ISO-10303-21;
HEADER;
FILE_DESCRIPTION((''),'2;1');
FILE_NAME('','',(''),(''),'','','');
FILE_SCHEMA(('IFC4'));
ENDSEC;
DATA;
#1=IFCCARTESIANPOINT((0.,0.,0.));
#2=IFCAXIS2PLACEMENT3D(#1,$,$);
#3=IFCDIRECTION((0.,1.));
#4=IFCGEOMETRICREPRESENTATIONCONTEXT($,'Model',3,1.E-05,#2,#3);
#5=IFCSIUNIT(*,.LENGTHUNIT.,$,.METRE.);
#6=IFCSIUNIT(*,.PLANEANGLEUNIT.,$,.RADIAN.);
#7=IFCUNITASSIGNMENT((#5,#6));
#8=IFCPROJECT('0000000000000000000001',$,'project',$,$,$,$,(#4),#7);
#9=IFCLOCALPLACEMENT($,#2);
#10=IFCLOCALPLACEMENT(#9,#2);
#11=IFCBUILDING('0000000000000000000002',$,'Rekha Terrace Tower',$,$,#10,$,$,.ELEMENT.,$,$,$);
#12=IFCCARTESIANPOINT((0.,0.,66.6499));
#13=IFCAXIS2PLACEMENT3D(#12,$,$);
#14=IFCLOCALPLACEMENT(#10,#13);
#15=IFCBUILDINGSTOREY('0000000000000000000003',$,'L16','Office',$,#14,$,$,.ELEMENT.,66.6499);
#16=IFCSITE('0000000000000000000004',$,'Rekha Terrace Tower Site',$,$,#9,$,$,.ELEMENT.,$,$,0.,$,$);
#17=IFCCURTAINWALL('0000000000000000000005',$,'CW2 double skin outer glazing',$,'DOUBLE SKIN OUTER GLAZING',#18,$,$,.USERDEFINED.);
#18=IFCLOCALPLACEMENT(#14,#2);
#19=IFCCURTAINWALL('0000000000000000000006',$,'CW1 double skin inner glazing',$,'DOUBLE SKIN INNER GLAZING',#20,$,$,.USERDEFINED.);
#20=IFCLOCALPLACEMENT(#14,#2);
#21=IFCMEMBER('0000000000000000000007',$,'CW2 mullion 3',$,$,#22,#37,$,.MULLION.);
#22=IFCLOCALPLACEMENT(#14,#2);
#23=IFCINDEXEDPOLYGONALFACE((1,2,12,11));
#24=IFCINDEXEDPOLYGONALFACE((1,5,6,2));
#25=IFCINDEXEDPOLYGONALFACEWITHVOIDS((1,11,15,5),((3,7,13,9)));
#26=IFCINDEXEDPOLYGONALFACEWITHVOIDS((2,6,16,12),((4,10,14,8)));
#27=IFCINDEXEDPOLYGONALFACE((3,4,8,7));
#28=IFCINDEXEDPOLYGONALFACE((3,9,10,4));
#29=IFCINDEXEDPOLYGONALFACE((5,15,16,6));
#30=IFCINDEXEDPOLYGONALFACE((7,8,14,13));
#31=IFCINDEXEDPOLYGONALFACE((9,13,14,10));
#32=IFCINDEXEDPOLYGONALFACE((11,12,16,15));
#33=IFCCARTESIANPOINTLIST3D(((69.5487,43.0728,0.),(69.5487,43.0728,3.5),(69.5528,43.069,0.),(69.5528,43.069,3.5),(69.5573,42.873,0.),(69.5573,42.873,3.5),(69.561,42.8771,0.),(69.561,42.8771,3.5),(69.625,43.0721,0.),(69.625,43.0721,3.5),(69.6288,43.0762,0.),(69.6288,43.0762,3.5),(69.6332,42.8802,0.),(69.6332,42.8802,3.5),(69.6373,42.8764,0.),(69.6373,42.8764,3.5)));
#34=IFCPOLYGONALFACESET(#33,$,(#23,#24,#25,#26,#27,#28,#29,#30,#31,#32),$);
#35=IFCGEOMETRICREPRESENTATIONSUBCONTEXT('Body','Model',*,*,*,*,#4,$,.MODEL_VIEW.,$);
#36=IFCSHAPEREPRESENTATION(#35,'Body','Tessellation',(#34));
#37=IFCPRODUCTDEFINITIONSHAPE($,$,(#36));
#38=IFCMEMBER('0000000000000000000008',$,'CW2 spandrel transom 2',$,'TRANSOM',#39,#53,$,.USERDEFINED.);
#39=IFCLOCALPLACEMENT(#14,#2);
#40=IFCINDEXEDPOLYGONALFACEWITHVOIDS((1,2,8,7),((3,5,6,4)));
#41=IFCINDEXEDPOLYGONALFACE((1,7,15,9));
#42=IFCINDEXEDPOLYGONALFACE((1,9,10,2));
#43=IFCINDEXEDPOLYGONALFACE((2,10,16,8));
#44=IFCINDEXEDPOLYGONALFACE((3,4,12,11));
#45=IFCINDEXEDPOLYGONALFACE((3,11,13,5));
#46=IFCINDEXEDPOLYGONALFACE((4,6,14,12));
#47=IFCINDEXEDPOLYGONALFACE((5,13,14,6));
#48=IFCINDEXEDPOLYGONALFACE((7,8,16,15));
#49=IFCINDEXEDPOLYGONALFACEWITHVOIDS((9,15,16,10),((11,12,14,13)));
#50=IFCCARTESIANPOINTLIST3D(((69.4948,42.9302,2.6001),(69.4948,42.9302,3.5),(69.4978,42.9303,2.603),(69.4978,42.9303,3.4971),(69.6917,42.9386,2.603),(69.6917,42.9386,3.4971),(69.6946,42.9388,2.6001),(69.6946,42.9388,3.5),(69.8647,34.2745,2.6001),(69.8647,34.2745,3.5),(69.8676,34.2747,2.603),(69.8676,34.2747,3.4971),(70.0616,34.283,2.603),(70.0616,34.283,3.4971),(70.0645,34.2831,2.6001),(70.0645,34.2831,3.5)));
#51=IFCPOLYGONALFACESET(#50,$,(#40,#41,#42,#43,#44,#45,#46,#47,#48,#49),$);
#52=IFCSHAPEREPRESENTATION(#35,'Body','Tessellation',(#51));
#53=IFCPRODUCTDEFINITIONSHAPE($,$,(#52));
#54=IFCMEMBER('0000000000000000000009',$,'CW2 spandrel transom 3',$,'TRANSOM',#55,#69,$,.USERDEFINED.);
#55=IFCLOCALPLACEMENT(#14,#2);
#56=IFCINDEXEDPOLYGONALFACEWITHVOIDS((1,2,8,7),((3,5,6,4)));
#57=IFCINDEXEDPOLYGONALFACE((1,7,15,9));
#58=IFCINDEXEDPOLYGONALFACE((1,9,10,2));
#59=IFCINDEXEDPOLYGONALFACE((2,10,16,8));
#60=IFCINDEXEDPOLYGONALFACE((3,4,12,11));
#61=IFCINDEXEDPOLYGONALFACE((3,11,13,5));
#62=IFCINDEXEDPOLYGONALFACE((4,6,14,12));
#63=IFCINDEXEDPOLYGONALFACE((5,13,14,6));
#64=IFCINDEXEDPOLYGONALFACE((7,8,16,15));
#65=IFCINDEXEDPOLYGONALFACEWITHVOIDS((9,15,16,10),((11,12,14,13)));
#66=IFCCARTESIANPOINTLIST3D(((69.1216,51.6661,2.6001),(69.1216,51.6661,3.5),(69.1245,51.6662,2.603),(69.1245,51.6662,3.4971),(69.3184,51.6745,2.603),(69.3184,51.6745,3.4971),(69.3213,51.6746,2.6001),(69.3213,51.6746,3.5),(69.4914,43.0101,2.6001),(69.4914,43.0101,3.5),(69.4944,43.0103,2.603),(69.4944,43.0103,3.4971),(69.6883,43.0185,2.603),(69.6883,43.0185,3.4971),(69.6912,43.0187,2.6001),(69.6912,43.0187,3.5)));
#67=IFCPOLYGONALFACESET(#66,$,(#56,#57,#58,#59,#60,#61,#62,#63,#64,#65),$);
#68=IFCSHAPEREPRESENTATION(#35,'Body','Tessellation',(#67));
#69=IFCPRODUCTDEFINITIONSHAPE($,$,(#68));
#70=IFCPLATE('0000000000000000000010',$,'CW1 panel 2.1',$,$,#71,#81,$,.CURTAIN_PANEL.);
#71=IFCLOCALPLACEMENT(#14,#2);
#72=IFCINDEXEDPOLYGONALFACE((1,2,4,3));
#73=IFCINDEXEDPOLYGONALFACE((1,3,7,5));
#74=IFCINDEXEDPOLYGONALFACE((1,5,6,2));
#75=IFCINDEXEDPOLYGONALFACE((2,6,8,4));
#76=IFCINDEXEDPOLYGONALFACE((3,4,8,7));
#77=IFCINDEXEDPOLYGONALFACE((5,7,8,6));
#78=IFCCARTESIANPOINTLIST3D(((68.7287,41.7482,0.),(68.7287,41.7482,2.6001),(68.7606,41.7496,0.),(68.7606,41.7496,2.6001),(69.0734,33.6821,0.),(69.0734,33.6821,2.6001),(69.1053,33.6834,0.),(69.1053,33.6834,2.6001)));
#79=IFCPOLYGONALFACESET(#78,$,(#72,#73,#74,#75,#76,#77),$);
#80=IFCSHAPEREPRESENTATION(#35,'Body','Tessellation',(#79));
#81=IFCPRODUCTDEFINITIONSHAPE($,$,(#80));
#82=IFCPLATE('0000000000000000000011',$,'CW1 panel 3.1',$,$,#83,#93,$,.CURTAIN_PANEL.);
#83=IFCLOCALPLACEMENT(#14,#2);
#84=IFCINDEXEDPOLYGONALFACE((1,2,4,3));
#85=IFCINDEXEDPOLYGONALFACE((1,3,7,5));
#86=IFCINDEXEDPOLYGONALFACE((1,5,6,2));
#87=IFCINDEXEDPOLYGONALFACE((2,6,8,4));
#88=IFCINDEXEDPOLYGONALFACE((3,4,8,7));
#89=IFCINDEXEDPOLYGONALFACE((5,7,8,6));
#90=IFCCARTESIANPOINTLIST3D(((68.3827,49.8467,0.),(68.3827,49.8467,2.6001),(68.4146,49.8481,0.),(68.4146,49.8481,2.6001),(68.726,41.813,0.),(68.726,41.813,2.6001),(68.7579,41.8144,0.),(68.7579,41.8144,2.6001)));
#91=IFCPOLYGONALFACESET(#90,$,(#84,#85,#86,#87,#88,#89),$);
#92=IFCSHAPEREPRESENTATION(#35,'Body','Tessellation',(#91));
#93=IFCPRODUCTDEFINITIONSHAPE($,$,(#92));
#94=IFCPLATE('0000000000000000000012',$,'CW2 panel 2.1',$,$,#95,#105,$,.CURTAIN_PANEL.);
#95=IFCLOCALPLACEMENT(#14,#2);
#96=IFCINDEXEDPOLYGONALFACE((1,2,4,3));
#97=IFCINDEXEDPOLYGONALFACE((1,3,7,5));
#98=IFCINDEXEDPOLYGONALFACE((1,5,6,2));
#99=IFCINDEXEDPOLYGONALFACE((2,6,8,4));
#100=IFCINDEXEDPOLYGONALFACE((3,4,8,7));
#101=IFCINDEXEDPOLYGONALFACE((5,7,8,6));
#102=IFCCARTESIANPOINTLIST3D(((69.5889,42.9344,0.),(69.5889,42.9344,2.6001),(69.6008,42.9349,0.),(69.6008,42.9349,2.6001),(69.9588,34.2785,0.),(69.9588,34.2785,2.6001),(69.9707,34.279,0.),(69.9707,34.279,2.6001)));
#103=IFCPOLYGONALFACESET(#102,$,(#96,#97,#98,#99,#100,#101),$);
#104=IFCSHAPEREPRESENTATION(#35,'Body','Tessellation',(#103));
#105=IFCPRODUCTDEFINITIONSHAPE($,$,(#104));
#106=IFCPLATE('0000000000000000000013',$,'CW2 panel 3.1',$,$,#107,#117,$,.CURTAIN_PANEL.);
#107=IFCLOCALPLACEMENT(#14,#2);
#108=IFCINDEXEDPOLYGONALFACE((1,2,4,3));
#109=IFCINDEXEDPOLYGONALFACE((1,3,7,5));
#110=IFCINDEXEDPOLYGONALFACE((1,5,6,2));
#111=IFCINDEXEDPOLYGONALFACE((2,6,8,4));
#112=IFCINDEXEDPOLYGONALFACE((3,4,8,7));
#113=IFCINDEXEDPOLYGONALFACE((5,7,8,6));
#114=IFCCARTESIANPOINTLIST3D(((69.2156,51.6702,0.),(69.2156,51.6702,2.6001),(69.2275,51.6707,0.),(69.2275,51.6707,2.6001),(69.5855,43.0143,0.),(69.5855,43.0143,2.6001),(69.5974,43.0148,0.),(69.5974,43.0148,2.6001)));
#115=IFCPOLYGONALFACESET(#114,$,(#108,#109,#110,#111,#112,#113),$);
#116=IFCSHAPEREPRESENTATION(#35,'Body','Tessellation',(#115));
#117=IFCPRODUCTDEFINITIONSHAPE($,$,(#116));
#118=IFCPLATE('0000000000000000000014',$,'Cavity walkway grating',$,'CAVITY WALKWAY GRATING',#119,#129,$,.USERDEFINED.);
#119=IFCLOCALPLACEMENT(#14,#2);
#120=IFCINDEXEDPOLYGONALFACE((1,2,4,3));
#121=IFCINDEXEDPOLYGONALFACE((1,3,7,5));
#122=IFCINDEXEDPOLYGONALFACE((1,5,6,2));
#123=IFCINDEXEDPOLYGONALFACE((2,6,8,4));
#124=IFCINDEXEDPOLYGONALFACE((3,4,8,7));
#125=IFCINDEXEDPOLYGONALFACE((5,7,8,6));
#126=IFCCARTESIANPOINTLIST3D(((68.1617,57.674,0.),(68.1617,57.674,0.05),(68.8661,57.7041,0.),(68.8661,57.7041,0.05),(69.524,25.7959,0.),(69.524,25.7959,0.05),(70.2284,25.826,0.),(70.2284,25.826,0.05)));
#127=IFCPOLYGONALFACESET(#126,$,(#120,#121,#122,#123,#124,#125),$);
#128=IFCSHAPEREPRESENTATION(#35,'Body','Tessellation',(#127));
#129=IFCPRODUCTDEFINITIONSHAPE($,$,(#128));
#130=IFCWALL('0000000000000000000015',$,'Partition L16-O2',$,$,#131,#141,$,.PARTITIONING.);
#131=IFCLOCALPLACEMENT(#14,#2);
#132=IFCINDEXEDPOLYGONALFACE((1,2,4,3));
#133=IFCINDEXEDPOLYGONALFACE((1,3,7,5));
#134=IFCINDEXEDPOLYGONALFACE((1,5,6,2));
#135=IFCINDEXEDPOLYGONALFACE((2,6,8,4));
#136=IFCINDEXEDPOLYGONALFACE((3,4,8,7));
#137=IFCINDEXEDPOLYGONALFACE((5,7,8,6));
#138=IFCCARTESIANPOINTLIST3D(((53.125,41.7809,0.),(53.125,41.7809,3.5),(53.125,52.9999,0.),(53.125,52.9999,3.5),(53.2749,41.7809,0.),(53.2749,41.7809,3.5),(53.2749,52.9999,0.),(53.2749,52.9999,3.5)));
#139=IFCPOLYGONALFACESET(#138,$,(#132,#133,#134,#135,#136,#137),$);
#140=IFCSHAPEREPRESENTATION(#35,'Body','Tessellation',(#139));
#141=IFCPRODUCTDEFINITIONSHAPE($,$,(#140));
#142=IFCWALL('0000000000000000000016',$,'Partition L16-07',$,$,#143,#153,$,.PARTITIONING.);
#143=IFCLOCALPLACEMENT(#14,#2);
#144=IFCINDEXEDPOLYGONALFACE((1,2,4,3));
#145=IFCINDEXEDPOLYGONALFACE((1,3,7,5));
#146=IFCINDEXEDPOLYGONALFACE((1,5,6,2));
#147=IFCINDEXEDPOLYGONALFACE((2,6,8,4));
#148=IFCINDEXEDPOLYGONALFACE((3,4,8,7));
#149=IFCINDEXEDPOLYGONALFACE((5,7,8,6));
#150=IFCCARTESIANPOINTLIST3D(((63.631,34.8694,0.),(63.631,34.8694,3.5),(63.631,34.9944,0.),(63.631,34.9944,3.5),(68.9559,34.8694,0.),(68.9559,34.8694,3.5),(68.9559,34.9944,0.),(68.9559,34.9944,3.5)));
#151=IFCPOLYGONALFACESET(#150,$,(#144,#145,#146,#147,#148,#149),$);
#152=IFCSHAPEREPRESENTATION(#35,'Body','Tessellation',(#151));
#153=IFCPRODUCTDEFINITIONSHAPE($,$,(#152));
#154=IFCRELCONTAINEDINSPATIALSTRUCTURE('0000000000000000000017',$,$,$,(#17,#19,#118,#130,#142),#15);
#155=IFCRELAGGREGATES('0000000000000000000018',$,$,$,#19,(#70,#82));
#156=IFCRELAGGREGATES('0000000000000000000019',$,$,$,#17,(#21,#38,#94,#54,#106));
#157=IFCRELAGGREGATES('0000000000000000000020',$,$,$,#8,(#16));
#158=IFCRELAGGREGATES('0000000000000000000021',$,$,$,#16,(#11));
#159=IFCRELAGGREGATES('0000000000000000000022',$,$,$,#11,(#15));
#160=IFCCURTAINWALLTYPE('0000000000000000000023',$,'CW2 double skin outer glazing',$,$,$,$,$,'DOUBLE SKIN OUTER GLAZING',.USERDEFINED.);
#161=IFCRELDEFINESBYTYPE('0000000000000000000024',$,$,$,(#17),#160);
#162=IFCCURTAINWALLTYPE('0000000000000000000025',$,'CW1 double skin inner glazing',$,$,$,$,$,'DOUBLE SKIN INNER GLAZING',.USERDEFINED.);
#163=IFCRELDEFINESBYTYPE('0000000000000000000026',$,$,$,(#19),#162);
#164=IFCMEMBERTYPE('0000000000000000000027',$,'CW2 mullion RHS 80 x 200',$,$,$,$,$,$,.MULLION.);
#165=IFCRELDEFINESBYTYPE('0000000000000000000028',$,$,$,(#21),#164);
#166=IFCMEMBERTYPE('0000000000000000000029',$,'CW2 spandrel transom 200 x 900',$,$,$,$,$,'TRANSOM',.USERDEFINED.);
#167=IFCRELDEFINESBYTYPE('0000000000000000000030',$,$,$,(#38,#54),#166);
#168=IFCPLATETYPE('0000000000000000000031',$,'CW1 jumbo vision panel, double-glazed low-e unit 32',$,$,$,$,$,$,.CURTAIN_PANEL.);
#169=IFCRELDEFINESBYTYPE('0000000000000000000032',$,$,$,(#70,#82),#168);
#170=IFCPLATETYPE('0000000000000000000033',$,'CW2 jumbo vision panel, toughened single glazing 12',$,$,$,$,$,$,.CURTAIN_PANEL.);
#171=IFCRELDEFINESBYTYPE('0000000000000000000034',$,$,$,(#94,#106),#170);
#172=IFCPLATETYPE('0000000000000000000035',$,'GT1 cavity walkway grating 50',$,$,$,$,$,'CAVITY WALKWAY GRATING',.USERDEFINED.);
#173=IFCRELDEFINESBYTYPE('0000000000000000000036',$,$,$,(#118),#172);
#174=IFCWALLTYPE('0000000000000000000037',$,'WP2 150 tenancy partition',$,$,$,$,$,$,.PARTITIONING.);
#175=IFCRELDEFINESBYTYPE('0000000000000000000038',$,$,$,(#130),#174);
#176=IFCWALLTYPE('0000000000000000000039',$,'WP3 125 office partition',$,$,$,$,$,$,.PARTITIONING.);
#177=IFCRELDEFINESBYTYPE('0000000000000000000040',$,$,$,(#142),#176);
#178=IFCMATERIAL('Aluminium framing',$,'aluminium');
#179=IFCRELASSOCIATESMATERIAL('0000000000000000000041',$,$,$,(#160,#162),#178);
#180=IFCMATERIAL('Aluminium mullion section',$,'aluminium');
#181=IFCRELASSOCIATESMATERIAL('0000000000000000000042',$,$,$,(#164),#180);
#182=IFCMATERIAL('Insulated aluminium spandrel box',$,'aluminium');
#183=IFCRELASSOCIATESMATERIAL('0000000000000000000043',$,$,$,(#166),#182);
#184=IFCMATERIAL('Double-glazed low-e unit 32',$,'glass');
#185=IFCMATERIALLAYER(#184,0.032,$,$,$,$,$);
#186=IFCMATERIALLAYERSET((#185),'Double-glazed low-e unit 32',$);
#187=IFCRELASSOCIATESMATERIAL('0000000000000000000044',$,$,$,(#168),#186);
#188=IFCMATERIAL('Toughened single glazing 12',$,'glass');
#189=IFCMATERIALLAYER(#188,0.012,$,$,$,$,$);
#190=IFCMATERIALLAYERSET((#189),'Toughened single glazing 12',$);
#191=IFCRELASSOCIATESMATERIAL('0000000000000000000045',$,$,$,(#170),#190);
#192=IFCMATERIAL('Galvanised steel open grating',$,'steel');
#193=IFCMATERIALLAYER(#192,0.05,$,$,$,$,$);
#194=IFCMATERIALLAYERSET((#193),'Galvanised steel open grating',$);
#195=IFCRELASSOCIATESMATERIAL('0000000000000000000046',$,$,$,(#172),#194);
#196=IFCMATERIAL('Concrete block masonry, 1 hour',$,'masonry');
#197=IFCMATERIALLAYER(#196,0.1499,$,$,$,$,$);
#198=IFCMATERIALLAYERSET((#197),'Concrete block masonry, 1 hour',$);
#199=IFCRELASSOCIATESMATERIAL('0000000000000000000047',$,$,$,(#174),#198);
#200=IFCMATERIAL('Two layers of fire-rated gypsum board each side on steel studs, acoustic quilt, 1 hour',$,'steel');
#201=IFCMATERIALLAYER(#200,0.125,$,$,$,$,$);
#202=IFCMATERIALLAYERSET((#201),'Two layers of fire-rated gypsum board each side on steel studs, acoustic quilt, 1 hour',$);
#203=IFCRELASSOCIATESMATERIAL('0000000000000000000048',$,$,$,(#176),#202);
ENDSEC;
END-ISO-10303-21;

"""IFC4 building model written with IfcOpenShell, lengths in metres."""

from ifc_helpers import new_model, si_unit, direction, frame, frame_2d, origin, origin_2d, place, context, subcontext, project, spatial, rectangle, hollow_rectangle, extrude, material, layer, layer_set, material_profile, profile_set, type_object, element, aggregate, save


model = new_model("IFC4")

# Units and contexts
model_context = context("Model", 3, precision=1e-05, world=origin(), true_north=direction((0.0, 1.0)))
body_context = subcontext(model_context, "Body", "Model", "MODEL_VIEW")
ifc_project = project(units=[si_unit("LENGTHUNIT", "METRE"), si_unit("PLANEANGLEUNIT", "RADIAN")], contexts=[model_context])

# Site, building, storey
site_placement = place(None, origin())
site = spatial("IfcSite", under=ifc_project, at=site_placement, Name="Rekha Terrace Tower Site", CompositionType="ELEMENT", RefElevation=0.0)
building_placement = place(site_placement, origin())
building = spatial("IfcBuilding", under=site, at=building_placement, Name="Rekha Terrace Tower", CompositionType="ELEMENT")
storey_placement = place(building_placement, frame((0.0, 0.0, 66.6499)))
storey = spatial("IfcBuildingStorey", under=building, at=storey_placement, Name="L16", Description="Office", CompositionType="ELEMENT", Elevation=66.6499)

# Curtain walls
ifc_material_1 = material(Name="Aluminium framing", Category="aluminium")
curtain_wall_type_1 = type_object("IfcCurtainWallType", Name="CW2 double skin outer glazing", ElementType="DOUBLE SKIN OUTER GLAZING", PredefinedType="USERDEFINED", material=ifc_material_1)
curtain_wall_1_placement = place(storey_placement, origin())
curtain_wall_1 = element("IfcCurtainWall", 1, at=curtain_wall_1_placement, inside=storey, type_object=curtain_wall_type_1, Name="CW2 double skin outer glazing", ObjectType="DOUBLE SKIN OUTER GLAZING", PredefinedType="USERDEFINED")
curtain_wall_type_2 = type_object("IfcCurtainWallType", Name="CW1 double skin inner glazing", ElementType="DOUBLE SKIN INNER GLAZING", PredefinedType="USERDEFINED", material=ifc_material_1)
curtain_wall_2_placement = place(storey_placement, origin())
curtain_wall_2 = element("IfcCurtainWall", 2, at=curtain_wall_2_placement, inside=storey, type_object=curtain_wall_type_2, Name="CW1 double skin inner glazing", ObjectType="DOUBLE SKIN INNER GLAZING", PredefinedType="USERDEFINED")
ifc_material_2 = material(Name="Aluminium mullion section", Category="aluminium")
ifc_material_3 = material(Name="Insulated aluminium spandrel box", Category="aluminium")

# Members
ifc_material_profile_1 = material_profile(ifc_material_2, hollow_rectangle(XDim=0.0801, YDim=0.2, WallThickness=0.0039, at=origin_2d()), Name="AL RHS 80x200")
ifc_profile_set_1 = profile_set([ifc_material_profile_1], Name="Aluminium mullion section")
member_type_1 = type_object("IfcMemberType", Name="CW2 mullion RHS 80 x 200", PredefinedType="MULLION", material=ifc_profile_set_1)
member_1_placement = place(storey_placement, frame((69.593, 42.9746, 0.0), z_axis=(0.0, 0.0, 1.0), x_axis=(-0.999088, -0.042696, 0.0)))
member_1 = element("IfcMember", 3, at=member_1_placement, type_object=member_type_1, Name="CW2 mullion 3", PredefinedType="MULLION", context=body_context, shape_type="SweptSolid", body=[
    extrude(hollow_rectangle(XDim=0.0801, YDim=0.2, WallThickness=0.0039, at=origin_2d()), origin(), (0.0, 0.0, 1.0), 3.5),
])
ifc_material_profile_2 = material_profile(ifc_material_3, hollow_rectangle(XDim=0.2, YDim=0.8999, WallThickness=0.0029, at=origin_2d()), Name="AL SPANDREL BOX 200x900")
ifc_profile_set_2 = profile_set([ifc_material_profile_2], Name="Insulated aluminium spandrel box")
member_type_2 = type_object("IfcMemberType", Name="CW2 spandrel transom 200 x 900", ElementType="TRANSOM", PredefinedType="USERDEFINED", material=ifc_profile_set_2)
member_2_placement = place(storey_placement, frame((69.9646, 34.2788, 3.05), z_axis=(-0.042692, 0.999088, 0.0), x_axis=(-0.999088, -0.042692, 0.0)))
member_2 = element("IfcMember", 4, at=member_2_placement, type_object=member_type_2, Name="CW2 spandrel transom 2", ObjectType="TRANSOM", PredefinedType="USERDEFINED", context=body_context, shape_type="SweptSolid", body=[
    extrude(hollow_rectangle(XDim=0.2, YDim=0.8999, WallThickness=0.0029, at=origin_2d()), origin(), (0.0, 0.0, 1.0), 8.6636),
])
member_3_placement = place(storey_placement, frame((69.5913, 43.0144, 3.05), z_axis=(-0.042691, 0.999088, 0.0), x_axis=(-0.999088, -0.042691, 0.0)))
member_3 = element("IfcMember", 5, at=member_3_placement, type_object=member_type_2, Name="CW2 spandrel transom 3", ObjectType="TRANSOM", PredefinedType="USERDEFINED", context=body_context, shape_type="SweptSolid", body=[
    extrude(hollow_rectangle(XDim=0.2, YDim=0.8999, WallThickness=0.0029, at=origin_2d()), origin(), (0.0, 0.0, 1.0), 8.6638),
])

# Plates
ifc_material_4 = material(Name="Double-glazed low-e unit 32", Category="glass")
ifc_layer_1 = layer(ifc_material_4, 0.032)
ifc_layer_set_1 = layer_set([ifc_layer_1], Name="Double-glazed low-e unit 32")
plate_type_1 = type_object("IfcPlateType", Name="CW1 jumbo vision panel, double-glazed low-e unit 32", PredefinedType="CURTAIN_PANEL", material=ifc_layer_set_1)
plate_1_placement = place(storey_placement, frame((68.917, 37.7158, 0.0), z_axis=(0.0, 0.0, 1.0), x_axis=(-0.042696, 0.999088, 0.0)))
plate_1 = element("IfcPlate", 6, at=plate_1_placement, type_object=plate_type_1, Name="CW1 panel 2.1", PredefinedType="CURTAIN_PANEL", context=body_context, shape_type="SweptSolid", body=[
    extrude(rectangle(XDim=8.0735, YDim=0.032, at=origin_2d()), origin(), (0.0, 0.0, 1.0), 2.6001),
])
plate_2_placement = place(storey_placement, frame((68.5703, 45.8306, 0.0), z_axis=(0.0, 0.0, 1.0), x_axis=(-0.042696, 0.999088, 0.0)))
plate_2 = element("IfcPlate", 7, at=plate_2_placement, type_object=plate_type_1, Name="CW1 panel 3.1", PredefinedType="CURTAIN_PANEL", context=body_context, shape_type="SweptSolid", body=[
    extrude(rectangle(XDim=8.041, YDim=0.032, at=origin_2d()), origin(), (0.0, 0.0, 1.0), 2.6001),
])
aggregate(curtain_wall_2, [plate_1, plate_2])
ifc_material_5 = material(Name="Toughened single glazing 12", Category="glass")
ifc_layer_2 = layer(ifc_material_5, 0.012)
ifc_layer_set_2 = layer_set([ifc_layer_2], Name="Toughened single glazing 12")
plate_type_2 = type_object("IfcPlateType", Name="CW2 jumbo vision panel, toughened single glazing 12", PredefinedType="CURTAIN_PANEL", material=ifc_layer_set_2)
plate_3_placement = place(storey_placement, frame((69.7798, 38.6067, 0.0), z_axis=(0.0, 0.0, 1.0), x_axis=(-0.042696, 0.999088, 0.0)))
plate_3 = element("IfcPlate", 8, at=plate_3_placement, type_object=plate_type_2, Name="CW2 panel 2.1", PredefinedType="CURTAIN_PANEL", context=body_context, shape_type="SweptSolid", body=[
    extrude(rectangle(XDim=8.6638, YDim=0.012, at=origin_2d()), origin(), (0.0, 0.0, 1.0), 2.6001),
])
plate_4_placement = place(storey_placement, frame((69.4065, 47.3425, 0.0), z_axis=(0.0, 0.0, 1.0), x_axis=(-0.042696, 0.999088, 0.0)))
plate_4 = element("IfcPlate", 9, at=plate_4_placement, type_object=plate_type_2, Name="CW2 panel 3.1", PredefinedType="CURTAIN_PANEL", context=body_context, shape_type="SweptSolid", body=[
    extrude(rectangle(XDim=8.6638, YDim=0.012, at=origin_2d()), origin(), (0.0, 0.0, 1.0), 2.6001),
])
aggregate(curtain_wall_1, [member_1, member_2, plate_3, member_3, plate_4])
ifc_material_6 = material(Name="Galvanised steel open grating", Category="steel")
ifc_layer_3 = layer(ifc_material_6, 0.05)
ifc_layer_set_3 = layer_set([ifc_layer_3], Name="Galvanised steel open grating")
plate_type_3 = type_object("IfcPlateType", Name="GT1 cavity walkway grating 50", ElementType="CAVITY WALKWAY GRATING", PredefinedType="USERDEFINED", material=ifc_layer_set_3)
plate_5_placement = place(storey_placement, frame((69.1951, 41.75, 0.0), z_axis=(0.0, 0.0, 1.0), x_axis=(-0.042696, 0.999088, 0.0)))
element("IfcPlate", 10, at=plate_5_placement, inside=storey, type_object=plate_type_3, Name="Cavity walkway grating", ObjectType="CAVITY WALKWAY GRATING", PredefinedType="USERDEFINED", context=body_context, shape_type="SweptSolid", body=[
    extrude(rectangle(XDim=31.9072, YDim=0.7051, at=origin_2d()), origin(), (0.0, 0.0, 1.0), 0.05),
])

# Walls
ifc_material_7 = material(Name="Concrete block masonry, 1 hour", Category="masonry")
ifc_layer_4 = layer(ifc_material_7, 0.1499)
ifc_layer_set_4 = layer_set([ifc_layer_4], Name="Concrete block masonry, 1 hour")
wall_type_1 = type_object("IfcWallType", Name="WP2 150 tenancy partition", PredefinedType="PARTITIONING", material=ifc_layer_set_4)
wall_1_placement = place(storey_placement, frame((53.2, 41.781, 0.0), z_axis=(0.0, 0.0, 1.0), x_axis=(0.0, 1.0, 0.0)))
element("IfcWall", 11, at=wall_1_placement, inside=storey, type_object=wall_type_1, Name="Partition L16-O2", PredefinedType="PARTITIONING", context=body_context, shape_type="SweptSolid", body=[
    extrude(rectangle(XDim=11.219, YDim=0.1499, at=frame_2d((5.6094, 0.0))), origin(), (0.0, 0.0, 1.0), 3.5),
])
ifc_material_8 = material(Name="Two layers of fire-rated gypsum board each side on steel studs, acoustic quilt, 1 hour", Category="steel")
ifc_layer_5 = layer(ifc_material_8, 0.125)
ifc_layer_set_5 = layer_set([ifc_layer_5], Name="Two layers of fire-rated gypsum board each side on steel studs, acoustic quilt, 1 hour")
wall_type_2 = type_object("IfcWallType", Name="WP3 125 office partition", PredefinedType="PARTITIONING", material=ifc_layer_set_5)
wall_2_placement = place(storey_placement, frame((68.9561, 34.9319, 0.0), z_axis=(0.0, 0.0, 1.0), x_axis=(-1.0, 0.0, 0.0)))
element("IfcWall", 12, at=wall_2_placement, inside=storey, type_object=wall_type_2, Name="Partition L16-07", PredefinedType="PARTITIONING", context=body_context, shape_type="SweptSolid", body=[
    extrude(rectangle(XDim=5.325, YDim=0.125, at=frame_2d((2.6626, 0.0))), origin(), (0.0, 0.0, 1.0), 3.5),
])

save(model, "model.ifc")
